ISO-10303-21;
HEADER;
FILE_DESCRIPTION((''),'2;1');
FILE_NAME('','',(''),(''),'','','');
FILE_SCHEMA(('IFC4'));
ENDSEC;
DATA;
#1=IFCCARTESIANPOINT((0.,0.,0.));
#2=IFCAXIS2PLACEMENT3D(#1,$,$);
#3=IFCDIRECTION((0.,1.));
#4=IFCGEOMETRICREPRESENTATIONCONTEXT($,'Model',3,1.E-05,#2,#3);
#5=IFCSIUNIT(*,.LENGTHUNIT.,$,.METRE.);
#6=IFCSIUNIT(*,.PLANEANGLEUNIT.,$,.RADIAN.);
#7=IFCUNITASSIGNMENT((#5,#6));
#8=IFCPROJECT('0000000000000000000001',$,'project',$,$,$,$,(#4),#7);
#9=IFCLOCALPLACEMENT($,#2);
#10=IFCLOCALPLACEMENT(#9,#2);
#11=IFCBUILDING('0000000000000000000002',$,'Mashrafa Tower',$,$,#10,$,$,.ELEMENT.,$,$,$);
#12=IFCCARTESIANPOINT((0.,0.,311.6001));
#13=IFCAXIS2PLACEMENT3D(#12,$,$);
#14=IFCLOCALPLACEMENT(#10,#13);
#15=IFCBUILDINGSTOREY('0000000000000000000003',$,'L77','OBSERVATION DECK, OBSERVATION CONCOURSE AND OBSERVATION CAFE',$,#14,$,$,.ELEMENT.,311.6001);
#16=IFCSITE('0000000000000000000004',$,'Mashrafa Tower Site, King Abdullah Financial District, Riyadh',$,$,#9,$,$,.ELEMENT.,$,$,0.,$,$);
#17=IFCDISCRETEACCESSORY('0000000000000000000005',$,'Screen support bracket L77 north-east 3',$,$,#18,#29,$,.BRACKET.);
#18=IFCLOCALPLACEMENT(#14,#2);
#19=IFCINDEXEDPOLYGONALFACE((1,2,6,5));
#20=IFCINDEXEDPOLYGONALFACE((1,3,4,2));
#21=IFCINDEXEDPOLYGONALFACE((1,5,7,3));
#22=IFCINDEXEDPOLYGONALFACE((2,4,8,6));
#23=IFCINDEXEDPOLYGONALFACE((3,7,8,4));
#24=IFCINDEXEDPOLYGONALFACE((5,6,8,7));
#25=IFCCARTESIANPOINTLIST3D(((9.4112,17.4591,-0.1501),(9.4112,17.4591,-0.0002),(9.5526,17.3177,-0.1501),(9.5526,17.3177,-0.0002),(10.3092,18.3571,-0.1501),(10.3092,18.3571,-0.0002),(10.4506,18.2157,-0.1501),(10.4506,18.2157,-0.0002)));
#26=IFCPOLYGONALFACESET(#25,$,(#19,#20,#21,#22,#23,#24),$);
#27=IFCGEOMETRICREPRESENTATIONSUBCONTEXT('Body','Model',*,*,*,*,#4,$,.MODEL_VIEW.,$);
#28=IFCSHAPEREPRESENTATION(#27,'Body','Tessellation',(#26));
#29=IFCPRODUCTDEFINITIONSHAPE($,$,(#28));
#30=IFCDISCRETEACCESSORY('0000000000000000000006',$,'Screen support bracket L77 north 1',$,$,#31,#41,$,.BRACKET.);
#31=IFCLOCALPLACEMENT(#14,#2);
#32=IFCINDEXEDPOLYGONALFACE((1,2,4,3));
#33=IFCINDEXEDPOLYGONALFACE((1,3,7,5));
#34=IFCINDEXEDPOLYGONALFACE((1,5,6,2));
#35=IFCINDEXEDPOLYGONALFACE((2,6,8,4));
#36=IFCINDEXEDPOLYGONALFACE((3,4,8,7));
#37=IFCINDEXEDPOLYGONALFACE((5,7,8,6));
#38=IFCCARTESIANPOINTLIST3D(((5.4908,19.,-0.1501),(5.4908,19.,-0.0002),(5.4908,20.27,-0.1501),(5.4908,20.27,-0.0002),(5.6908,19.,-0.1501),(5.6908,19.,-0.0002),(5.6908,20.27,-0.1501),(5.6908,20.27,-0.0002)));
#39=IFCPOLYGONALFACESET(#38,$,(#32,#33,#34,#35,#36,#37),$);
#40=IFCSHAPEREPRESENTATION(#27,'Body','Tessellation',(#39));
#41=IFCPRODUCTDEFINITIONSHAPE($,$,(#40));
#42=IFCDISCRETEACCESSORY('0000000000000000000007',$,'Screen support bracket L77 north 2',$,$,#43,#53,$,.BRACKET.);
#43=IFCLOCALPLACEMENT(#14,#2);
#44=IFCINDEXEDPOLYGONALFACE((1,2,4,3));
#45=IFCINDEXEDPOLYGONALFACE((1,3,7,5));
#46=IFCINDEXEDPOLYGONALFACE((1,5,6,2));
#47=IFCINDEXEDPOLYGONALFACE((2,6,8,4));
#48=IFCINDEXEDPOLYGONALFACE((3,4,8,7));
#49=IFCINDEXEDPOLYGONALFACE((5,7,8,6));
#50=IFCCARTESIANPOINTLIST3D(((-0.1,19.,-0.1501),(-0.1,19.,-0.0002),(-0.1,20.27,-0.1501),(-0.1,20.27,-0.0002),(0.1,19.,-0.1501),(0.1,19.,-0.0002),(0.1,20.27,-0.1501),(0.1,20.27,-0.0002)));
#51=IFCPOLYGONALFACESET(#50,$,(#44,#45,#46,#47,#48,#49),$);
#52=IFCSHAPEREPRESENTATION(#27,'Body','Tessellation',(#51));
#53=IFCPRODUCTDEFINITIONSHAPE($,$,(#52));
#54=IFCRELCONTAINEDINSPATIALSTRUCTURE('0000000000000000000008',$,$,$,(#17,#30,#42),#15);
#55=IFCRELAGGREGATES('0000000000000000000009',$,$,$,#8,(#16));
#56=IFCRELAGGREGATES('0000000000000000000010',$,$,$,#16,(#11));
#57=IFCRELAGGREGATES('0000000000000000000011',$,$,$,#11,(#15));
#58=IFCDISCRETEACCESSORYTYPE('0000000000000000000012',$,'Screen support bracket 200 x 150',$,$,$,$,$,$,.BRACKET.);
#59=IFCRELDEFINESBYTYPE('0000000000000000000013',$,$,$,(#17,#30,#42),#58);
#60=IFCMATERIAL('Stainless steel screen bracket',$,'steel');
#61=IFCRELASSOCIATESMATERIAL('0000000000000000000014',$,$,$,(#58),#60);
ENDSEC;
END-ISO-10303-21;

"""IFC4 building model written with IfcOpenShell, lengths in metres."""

from ifc_helpers import new_model, si_unit, direction, frame, origin, origin_2d, place, context, subcontext, project, spatial, rectangle, extrude, source, transform, mapped, material, type_object, type_shapes, element, save


model = new_model("IFC4")

# Units and contexts
model_context = context("Model", 3, precision=1e-05, world=origin(), true_north=direction((0.0, 1.0)))
body_context = subcontext(model_context, "Body", "Model", "MODEL_VIEW")
ifc_project = project(units=[si_unit("LENGTHUNIT", "METRE"), si_unit("PLANEANGLEUNIT", "RADIAN")], contexts=[model_context])

# Site, building, storey
site_placement = place(None, origin())
site = spatial("IfcSite", under=ifc_project, at=site_placement, Name="Mashrafa Tower Site, King Abdullah Financial District, Riyadh", CompositionType="ELEMENT", RefElevation=0.0)
building_placement = place(site_placement, origin())
building = spatial("IfcBuilding", under=site, at=building_placement, Name="Mashrafa Tower", CompositionType="ELEMENT")
storey_placement = place(building_placement, frame((0.0, 0.0, 311.6001)))
storey = spatial("IfcBuildingStorey", under=building, at=storey_placement, Name="L77", Description="OBSERVATION DECK, OBSERVATION CONCOURSE AND OBSERVATION CAFE", CompositionType="ELEMENT", Elevation=311.6001)

# Discrete accessories
ifc_material_1 = material(Name="Stainless steel screen bracket", Category="steel")
discrete_accessory_type = type_object("IfcDiscreteAccessoryType", Name="Screen support bracket 200 x 150", PredefinedType="BRACKET", material=ifc_material_1)
shared_shape_1 = source(origin(), body_context, "Body", "SweptSolid", [
    extrude(rectangle(XDim=0.2, YDim=1.27, at=origin_2d()), origin(), (0.0, 0.0, 1.0), 0.1499),
])
type_shapes(discrete_accessory_type, [shared_shape_1])
for number, where, z_axis, x_axis, name in (
    (1, (9.9309, 17.8374, -0.1501), (0.0, 0.0, 1.0), (-0.707107, 0.707107, 0.0), "Screen support bracket L77 north-east 3"),
    (2, (5.5908, 19.635, -0.1501), (0.0, 0.0, 1.0), (-1.0, 0.0, 0.0), "Screen support bracket L77 north 1"),
    (3, (0.0, 19.635, -0.1501), (0.0, 0.0, 1.0), (-1.0, 0.0, 0.0), "Screen support bracket L77 north 2"),
):
    element("IfcDiscreteAccessory", number, at=place(storey_placement, frame(where, z_axis=z_axis, x_axis=x_axis)), inside=storey, type_object=discrete_accessory_type, Name=name, PredefinedType="BRACKET", context=body_context, shape_type="MappedRepresentation", body=[
        mapped(shared_shape_1, transform((0.0, 0.0, 0.0))),
    ])

save(model, "model.ifc")
